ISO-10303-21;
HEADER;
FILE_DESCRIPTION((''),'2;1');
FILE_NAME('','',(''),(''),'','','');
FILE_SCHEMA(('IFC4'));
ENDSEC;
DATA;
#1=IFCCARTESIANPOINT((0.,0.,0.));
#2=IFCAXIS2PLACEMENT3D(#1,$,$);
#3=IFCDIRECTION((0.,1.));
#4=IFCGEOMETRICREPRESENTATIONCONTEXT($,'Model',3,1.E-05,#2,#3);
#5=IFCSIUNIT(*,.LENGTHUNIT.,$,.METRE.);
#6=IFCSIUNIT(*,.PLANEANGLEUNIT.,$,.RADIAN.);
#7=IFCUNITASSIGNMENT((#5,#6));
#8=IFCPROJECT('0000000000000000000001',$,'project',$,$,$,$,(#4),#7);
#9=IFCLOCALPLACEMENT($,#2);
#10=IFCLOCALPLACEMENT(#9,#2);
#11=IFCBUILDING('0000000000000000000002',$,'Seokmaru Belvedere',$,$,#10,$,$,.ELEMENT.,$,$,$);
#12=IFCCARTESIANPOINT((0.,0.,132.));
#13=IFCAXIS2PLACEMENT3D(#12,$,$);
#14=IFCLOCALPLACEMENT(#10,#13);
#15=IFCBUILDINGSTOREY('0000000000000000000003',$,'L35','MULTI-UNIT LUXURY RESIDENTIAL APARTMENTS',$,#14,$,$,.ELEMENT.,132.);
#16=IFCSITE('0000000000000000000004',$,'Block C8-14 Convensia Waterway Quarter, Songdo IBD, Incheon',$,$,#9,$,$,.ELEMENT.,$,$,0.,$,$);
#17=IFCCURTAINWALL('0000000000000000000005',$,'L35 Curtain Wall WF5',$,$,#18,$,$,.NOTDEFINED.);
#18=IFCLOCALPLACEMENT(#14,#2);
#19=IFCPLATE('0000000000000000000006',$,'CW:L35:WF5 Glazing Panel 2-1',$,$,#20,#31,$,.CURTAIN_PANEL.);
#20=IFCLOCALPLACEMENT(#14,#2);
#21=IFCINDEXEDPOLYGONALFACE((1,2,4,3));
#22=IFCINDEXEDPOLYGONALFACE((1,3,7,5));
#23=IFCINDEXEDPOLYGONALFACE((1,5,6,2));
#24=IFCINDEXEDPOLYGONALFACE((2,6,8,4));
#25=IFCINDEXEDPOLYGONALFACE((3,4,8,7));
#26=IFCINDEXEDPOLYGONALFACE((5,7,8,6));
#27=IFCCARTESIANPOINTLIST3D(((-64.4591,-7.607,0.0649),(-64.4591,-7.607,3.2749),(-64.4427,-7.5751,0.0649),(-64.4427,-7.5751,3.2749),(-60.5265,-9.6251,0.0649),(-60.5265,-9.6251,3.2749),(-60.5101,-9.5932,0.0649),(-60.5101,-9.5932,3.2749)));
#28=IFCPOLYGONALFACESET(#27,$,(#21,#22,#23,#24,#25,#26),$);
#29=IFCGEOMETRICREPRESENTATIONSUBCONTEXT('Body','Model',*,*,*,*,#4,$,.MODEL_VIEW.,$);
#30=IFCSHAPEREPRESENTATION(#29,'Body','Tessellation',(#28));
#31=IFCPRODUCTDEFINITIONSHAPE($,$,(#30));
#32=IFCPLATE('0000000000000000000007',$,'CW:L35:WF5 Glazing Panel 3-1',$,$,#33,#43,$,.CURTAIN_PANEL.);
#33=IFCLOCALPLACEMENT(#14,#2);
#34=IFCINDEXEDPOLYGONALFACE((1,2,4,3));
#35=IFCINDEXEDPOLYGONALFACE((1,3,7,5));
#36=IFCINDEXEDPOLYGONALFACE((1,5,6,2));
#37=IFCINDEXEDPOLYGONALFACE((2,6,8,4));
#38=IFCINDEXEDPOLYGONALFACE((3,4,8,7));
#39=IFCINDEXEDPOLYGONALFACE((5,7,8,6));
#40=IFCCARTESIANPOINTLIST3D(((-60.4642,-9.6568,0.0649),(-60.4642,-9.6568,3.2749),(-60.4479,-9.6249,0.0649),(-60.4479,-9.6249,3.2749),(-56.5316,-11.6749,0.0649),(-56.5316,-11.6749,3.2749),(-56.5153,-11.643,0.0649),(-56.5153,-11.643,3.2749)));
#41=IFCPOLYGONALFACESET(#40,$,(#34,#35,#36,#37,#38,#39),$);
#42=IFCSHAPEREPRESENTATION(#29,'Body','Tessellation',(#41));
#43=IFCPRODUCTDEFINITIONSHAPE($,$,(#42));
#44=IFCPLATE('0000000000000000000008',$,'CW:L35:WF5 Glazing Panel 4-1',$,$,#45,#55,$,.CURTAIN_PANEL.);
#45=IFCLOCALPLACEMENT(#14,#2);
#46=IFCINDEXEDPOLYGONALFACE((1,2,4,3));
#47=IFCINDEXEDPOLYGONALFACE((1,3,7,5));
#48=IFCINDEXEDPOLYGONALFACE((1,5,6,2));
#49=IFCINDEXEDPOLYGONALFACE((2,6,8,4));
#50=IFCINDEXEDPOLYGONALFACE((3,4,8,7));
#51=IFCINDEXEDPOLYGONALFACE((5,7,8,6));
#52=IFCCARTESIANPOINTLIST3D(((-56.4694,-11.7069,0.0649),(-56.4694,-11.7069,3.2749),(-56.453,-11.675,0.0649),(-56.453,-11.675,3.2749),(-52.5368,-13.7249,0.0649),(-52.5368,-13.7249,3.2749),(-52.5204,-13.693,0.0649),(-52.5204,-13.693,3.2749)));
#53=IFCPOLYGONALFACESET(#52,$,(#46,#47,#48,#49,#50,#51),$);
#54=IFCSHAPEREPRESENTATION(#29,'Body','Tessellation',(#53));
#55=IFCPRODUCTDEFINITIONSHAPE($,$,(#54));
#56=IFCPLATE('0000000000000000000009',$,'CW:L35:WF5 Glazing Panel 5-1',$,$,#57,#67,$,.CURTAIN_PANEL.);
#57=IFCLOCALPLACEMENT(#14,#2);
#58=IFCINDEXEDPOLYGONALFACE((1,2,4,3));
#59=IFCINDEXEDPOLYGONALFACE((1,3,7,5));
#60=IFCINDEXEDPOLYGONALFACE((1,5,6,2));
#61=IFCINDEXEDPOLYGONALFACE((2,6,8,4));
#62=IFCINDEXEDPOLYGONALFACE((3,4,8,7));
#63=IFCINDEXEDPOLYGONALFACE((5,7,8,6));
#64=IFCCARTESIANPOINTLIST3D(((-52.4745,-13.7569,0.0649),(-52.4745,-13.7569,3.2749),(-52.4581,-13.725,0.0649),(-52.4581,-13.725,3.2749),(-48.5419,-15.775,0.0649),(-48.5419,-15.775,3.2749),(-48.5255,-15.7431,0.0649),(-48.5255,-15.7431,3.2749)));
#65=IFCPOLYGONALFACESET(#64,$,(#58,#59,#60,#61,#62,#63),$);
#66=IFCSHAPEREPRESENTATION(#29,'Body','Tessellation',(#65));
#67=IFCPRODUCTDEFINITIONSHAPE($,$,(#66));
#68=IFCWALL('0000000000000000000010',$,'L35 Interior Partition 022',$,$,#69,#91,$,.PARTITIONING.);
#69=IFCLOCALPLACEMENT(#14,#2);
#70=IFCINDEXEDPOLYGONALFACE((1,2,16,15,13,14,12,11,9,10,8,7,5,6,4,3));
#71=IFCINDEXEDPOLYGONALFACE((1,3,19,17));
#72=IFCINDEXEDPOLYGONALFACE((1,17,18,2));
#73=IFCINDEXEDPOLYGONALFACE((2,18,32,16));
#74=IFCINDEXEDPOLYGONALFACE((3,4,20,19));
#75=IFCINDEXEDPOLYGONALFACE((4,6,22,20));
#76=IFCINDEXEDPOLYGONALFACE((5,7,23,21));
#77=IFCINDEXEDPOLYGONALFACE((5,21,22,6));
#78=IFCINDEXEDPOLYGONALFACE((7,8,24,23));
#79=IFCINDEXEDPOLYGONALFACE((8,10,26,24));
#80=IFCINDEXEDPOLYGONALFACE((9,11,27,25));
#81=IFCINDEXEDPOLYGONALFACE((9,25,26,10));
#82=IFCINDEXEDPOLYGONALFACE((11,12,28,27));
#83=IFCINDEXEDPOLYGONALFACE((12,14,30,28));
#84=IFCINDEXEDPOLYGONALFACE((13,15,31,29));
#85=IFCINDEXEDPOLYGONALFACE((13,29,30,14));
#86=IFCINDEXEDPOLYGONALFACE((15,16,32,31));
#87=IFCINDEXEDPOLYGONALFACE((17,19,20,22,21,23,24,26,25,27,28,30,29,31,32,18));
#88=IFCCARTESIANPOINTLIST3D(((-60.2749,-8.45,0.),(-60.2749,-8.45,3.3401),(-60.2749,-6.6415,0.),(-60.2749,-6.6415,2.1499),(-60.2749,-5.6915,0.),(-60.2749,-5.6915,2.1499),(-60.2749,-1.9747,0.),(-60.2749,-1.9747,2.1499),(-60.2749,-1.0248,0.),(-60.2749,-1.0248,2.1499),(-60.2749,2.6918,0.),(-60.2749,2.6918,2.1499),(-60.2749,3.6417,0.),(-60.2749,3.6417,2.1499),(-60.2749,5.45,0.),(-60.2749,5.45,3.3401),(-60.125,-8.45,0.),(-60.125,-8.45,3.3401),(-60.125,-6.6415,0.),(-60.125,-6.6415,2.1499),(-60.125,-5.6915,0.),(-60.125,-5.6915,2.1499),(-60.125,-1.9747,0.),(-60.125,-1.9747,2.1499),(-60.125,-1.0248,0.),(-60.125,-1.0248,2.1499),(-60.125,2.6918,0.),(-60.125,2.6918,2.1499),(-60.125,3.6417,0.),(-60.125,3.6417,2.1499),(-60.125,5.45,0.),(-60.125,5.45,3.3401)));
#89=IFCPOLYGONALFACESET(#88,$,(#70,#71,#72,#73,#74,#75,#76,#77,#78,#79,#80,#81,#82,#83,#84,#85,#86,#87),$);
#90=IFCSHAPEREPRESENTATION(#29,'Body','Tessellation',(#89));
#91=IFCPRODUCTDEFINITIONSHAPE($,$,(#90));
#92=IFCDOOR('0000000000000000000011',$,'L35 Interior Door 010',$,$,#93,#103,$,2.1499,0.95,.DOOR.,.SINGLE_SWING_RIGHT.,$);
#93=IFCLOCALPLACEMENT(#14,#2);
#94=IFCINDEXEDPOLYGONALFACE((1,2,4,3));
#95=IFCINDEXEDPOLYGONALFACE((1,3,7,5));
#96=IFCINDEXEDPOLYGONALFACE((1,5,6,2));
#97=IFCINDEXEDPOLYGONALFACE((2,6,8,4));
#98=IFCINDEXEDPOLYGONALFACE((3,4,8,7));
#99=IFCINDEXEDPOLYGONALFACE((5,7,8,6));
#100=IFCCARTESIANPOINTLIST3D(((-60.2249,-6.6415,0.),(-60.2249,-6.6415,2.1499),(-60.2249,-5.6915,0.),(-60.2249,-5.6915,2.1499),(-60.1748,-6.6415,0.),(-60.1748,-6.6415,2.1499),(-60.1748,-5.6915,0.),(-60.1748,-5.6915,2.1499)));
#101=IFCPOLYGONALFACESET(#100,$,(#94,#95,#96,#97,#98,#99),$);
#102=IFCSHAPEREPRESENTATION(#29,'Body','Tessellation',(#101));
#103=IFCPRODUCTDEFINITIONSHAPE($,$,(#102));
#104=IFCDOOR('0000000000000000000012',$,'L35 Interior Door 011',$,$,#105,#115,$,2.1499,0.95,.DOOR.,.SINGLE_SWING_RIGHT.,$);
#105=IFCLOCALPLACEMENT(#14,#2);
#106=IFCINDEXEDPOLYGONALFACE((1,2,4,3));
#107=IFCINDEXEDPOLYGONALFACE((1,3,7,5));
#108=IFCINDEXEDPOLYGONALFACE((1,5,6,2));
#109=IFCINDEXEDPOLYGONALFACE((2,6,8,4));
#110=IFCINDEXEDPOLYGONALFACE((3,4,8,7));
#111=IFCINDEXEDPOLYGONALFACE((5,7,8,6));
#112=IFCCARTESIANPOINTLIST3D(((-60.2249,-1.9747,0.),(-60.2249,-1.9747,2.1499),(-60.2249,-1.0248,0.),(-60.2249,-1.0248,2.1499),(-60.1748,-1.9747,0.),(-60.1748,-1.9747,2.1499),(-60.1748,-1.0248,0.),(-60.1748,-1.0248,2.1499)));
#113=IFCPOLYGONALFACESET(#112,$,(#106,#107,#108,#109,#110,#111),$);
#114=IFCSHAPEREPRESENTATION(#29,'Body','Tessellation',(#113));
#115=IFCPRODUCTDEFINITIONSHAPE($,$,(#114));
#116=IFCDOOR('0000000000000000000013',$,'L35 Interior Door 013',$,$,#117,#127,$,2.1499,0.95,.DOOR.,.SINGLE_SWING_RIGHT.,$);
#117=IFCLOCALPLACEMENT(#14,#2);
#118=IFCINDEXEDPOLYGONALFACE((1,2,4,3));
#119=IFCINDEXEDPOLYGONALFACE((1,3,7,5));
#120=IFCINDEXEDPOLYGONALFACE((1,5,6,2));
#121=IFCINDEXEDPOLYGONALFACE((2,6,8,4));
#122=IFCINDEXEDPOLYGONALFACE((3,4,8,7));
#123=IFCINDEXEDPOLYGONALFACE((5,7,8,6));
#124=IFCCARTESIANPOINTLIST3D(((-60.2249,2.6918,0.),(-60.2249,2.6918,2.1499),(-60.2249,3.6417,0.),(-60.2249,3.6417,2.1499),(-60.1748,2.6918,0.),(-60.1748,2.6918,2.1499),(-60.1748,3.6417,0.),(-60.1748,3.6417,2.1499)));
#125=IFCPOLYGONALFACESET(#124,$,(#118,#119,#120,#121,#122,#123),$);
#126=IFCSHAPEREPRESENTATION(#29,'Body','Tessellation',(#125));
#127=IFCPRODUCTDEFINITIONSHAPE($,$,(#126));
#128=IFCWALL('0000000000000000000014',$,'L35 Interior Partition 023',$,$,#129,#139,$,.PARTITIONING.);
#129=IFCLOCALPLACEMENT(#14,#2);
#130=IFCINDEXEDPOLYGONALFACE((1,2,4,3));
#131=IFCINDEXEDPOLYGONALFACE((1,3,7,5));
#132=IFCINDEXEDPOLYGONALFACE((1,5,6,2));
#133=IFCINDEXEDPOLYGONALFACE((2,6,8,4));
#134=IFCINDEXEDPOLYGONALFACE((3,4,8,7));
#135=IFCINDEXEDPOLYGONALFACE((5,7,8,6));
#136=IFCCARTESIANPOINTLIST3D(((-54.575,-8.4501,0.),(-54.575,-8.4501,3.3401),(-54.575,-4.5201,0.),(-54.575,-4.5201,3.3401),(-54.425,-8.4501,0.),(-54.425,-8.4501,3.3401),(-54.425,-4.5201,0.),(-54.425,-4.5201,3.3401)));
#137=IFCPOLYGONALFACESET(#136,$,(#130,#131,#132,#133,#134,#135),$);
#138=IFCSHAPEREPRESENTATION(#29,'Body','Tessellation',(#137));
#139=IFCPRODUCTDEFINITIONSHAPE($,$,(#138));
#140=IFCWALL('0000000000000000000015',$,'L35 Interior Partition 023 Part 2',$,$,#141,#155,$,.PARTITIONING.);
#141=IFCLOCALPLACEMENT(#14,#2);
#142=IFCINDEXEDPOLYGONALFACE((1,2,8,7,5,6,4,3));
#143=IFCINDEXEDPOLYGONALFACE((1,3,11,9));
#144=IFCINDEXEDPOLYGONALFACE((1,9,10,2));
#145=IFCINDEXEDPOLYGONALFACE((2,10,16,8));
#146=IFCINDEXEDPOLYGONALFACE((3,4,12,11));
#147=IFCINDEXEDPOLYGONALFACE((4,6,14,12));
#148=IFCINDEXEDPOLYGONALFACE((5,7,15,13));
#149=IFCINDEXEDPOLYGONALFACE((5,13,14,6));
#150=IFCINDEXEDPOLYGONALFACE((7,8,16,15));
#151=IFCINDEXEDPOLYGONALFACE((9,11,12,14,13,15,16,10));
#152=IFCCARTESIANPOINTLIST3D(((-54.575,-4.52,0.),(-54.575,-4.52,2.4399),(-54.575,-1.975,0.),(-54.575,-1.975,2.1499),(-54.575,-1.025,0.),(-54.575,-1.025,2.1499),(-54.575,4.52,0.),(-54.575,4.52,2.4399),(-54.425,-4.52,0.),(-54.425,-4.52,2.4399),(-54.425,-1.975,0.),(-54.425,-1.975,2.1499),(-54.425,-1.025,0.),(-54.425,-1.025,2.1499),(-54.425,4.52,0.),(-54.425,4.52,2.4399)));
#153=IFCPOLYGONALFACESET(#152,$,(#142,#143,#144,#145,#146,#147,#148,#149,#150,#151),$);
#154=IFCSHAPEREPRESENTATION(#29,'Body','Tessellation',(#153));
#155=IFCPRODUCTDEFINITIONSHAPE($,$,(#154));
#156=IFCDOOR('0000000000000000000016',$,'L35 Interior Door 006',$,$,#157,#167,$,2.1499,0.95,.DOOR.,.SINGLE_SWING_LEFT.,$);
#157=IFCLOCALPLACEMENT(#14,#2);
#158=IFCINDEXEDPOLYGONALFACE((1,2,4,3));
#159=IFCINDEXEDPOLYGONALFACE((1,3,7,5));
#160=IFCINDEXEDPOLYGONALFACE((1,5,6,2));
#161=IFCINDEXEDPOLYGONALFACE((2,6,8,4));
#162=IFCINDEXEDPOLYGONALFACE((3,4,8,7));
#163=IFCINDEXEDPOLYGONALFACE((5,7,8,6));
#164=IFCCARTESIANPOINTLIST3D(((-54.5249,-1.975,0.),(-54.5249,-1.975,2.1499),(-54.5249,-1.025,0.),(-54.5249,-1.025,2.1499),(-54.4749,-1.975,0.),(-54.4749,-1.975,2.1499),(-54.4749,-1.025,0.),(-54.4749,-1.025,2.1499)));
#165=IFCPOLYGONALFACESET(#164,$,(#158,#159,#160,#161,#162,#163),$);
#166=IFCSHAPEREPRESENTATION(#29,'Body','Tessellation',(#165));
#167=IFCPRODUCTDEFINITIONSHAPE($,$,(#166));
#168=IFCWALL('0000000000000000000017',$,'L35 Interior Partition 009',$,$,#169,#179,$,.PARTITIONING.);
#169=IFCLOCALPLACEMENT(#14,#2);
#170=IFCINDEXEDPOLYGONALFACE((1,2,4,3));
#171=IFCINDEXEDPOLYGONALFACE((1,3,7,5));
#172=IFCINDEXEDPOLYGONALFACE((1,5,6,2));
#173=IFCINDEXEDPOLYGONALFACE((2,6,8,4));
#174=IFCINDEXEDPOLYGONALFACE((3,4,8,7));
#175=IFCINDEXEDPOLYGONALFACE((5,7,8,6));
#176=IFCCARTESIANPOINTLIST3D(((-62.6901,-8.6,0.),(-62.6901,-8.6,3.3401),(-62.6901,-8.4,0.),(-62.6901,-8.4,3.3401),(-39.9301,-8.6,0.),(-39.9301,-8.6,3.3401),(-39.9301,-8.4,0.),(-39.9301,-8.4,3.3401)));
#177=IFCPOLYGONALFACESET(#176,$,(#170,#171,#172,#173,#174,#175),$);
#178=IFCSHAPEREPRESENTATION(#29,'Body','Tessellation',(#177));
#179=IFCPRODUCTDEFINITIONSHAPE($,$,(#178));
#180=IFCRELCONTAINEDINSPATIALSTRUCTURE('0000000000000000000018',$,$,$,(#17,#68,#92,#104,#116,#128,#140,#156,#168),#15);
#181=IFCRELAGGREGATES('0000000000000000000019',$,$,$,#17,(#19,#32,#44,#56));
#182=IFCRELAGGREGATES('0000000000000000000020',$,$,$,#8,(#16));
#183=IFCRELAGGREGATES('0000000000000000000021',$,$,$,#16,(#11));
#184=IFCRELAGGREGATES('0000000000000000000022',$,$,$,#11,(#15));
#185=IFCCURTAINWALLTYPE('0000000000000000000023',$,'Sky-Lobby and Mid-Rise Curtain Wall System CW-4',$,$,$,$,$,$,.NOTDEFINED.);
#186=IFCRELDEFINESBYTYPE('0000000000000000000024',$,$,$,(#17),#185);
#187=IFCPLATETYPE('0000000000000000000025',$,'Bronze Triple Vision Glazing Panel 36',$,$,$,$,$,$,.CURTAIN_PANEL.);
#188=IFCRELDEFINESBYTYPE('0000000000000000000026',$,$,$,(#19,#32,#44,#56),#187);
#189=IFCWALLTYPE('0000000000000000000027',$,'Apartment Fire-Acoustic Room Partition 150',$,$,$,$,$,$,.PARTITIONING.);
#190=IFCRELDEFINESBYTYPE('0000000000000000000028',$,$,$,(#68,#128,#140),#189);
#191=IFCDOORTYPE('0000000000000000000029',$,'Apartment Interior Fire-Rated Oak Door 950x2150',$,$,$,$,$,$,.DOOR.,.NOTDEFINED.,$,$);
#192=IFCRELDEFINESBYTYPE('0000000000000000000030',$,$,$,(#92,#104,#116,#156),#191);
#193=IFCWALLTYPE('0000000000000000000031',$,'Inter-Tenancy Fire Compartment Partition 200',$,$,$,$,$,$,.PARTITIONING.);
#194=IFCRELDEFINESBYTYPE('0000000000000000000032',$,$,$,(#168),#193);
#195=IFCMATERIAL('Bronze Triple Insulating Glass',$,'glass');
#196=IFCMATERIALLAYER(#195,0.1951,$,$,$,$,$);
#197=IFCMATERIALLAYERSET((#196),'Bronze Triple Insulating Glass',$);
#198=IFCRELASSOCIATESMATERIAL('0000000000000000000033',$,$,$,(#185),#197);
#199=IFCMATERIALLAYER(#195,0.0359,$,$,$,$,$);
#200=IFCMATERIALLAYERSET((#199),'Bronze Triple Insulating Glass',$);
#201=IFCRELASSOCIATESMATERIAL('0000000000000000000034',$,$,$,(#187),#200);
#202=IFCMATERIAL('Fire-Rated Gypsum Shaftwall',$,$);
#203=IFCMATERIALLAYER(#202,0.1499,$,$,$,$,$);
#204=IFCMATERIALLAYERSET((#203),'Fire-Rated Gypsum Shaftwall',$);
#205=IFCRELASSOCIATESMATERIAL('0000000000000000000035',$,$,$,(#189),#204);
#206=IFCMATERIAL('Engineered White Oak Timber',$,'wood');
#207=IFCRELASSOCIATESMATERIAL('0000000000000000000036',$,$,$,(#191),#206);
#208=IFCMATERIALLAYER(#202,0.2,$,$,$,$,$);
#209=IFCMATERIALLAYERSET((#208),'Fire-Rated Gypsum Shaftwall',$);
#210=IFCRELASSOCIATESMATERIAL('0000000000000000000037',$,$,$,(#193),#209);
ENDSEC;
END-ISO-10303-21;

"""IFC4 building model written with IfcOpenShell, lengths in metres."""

from ifc_helpers import new_model, si_unit, direction, frame, frame_2d, origin, origin_2d, place, context, subcontext, project, spatial, rectangle, extrude, source, transform, mapped, material, layer, layer_set, type_object, type_shapes, element, fill, aggregate, save


model = new_model("IFC4")

# Units and contexts
model_context = context("Model", 3, precision=1e-05, world=origin(), true_north=direction((0.0, 1.0)))
body_context = subcontext(model_context, "Body", "Model", "MODEL_VIEW")
ifc_project = project(units=[si_unit("LENGTHUNIT", "METRE"), si_unit("PLANEANGLEUNIT", "RADIAN")], contexts=[model_context])

# Site, building, storey
site_placement = place(None, origin())
site = spatial("IfcSite", under=ifc_project, at=site_placement, Name="Block C8-14 Convensia Waterway Quarter, Songdo IBD, Incheon", CompositionType="ELEMENT", RefElevation=0.0)
building_placement = place(site_placement, origin())
building = spatial("IfcBuilding", under=site, at=building_placement, Name="Seokmaru Belvedere", CompositionType="ELEMENT")
storey_placement = place(building_placement, frame((0.0, 0.0, 132.0)))
storey = spatial("IfcBuildingStorey", under=building, at=storey_placement, Name="L35", Description="MULTI-UNIT LUXURY RESIDENTIAL APARTMENTS", CompositionType="ELEMENT", Elevation=132.0)

# Curtain wall, plates
ifc_material_1 = material(Name="Bronze Triple Insulating Glass", Category="glass")
ifc_layer_1 = layer(ifc_material_1, 0.1951)
ifc_layer_set_1 = layer_set([ifc_layer_1], Name="Bronze Triple Insulating Glass")
curtain_wall_type = type_object("IfcCurtainWallType", Name="Sky-Lobby and Mid-Rise Curtain Wall System CW-4", PredefinedType="NOTDEFINED", material=ifc_layer_set_1)
curtain_wall_placement = place(storey_placement, origin())
curtain_wall = element("IfcCurtainWall", 1, at=curtain_wall_placement, inside=storey, type_object=curtain_wall_type, Name="L35 Curtain Wall WF5", PredefinedType="NOTDEFINED")
ifc_layer_2 = layer(ifc_material_1, 0.0359)
ifc_layer_set_2 = layer_set([ifc_layer_2], Name="Bronze Triple Insulating Glass")
plate_type = type_object("IfcPlateType", Name="Bronze Triple Vision Glazing Panel 36", PredefinedType="CURTAIN_PANEL", material=ifc_layer_set_2)
shared_shape_1 = source(origin(), body_context, "Body", "SweptSolid", [
    extrude(rectangle(XDim=4.4202, YDim=0.0359, at=origin_2d()), origin(), (0.0, 0.0, 1.0), 3.21),
])
plate_1_placement = place(storey_placement, frame((-62.4846, -8.6001, 0.0649), z_axis=(0.0, 0.0, 1.0), x_axis=(0.889695, -0.456555, 0.0)))
plate_1 = element("IfcPlate", 2, at=plate_1_placement, type_object=plate_type, Name="CW:L35:WF5 Glazing Panel 2-1", PredefinedType="CURTAIN_PANEL", context=body_context, shape_type="MappedRepresentation", body=[
    mapped(shared_shape_1, transform((0.0, 0.0, 0.0), scale=1.0)),
])
plate_2_placement = place(storey_placement, frame((-58.4897, -10.6499, 0.0649), z_axis=(0.0, 0.0, 1.0), x_axis=(0.889695, -0.456555, 0.0)))
plate_2 = element("IfcPlate", 3, at=plate_2_placement, type_object=plate_type, Name="CW:L35:WF5 Glazing Panel 3-1", PredefinedType="CURTAIN_PANEL", context=body_context, shape_type="MappedRepresentation", body=[
    mapped(shared_shape_1, transform((0.0, 0.0, 0.0), scale=1.0)),
])
plate_3_placement = place(storey_placement, frame((-54.4949, -12.7, 0.0649), z_axis=(0.0, 0.0, 1.0), x_axis=(0.889695, -0.456555, 0.0)))
plate_3 = element("IfcPlate", 4, at=plate_3_placement, type_object=plate_type, Name="CW:L35:WF5 Glazing Panel 4-1", PredefinedType="CURTAIN_PANEL", context=body_context, shape_type="MappedRepresentation", body=[
    mapped(shared_shape_1, transform((0.0, 0.0, 0.0), scale=1.0)),
])
plate_4_placement = place(storey_placement, frame((-50.5, -14.75, 0.0649), z_axis=(0.0, 0.0, 1.0), x_axis=(0.889695, -0.456555, 0.0)))
plate_4 = element("IfcPlate", 5, at=plate_4_placement, type_object=plate_type, Name="CW:L35:WF5 Glazing Panel 5-1", PredefinedType="CURTAIN_PANEL", context=body_context, shape_type="MappedRepresentation", body=[
    mapped(shared_shape_1, transform((0.0, 0.0, 0.0), scale=1.0)),
])
aggregate(curtain_wall, [plate_1, plate_2, plate_3, plate_4])

# Wall, openings, doors
ifc_material_2 = material(Name="Fire-Rated Gypsum Shaftwall")
ifc_layer_3 = layer(ifc_material_2, 0.1499)
ifc_layer_set_3 = layer_set([ifc_layer_3], Name="Fire-Rated Gypsum Shaftwall")
wall_type_1 = type_object("IfcWallType", Name="Apartment Fire-Acoustic Room Partition 150", PredefinedType="PARTITIONING", material=ifc_layer_set_3)
wall_1_placement = place(storey_placement, frame((-60.2, -8.45, 0.0), z_axis=(0.0, 0.0, 1.0), x_axis=(0.0, 1.0, 0.0)))
wall_1 = element("IfcWall", 6, at=wall_1_placement, inside=storey, type_object=wall_type_1, Name="L35 Interior Partition 022", PredefinedType="PARTITIONING", context=body_context, shape_type="SweptSolid", body=[
    extrude(rectangle(XDim=13.8999, YDim=0.1499, at=frame_2d((6.95, 0.0))), origin(), (0.0, 0.0, 1.0), 3.3401),
])
opening_1_placement = place(wall_1_placement, frame((1.8083, 0.0, 0.0)))
opening_1 = element("IfcOpeningElement", 7, at=opening_1_placement, cuts=wall_1, PredefinedType="OPENING", context=body_context, shape_type="SweptSolid", body=[
    extrude(rectangle(XDim=0.95, YDim=2.1499, at=frame_2d((0.4751, 1.075))), frame((0.0, 0.085, 0.0), z_axis=(0.0, -1.0, 0.0), x_axis=(1.0, 0.0, 0.0)), (0.0, 0.0, 1.0), 0.1699),
])
opening_2_placement = place(wall_1_placement, frame((6.4751, 0.0, 0.0)))
opening_2 = element("IfcOpeningElement", 8, at=opening_2_placement, cuts=wall_1, PredefinedType="OPENING", context=body_context, shape_type="SweptSolid", body=[
    extrude(rectangle(XDim=0.95, YDim=2.1499, at=frame_2d((0.4751, 1.075))), frame((0.0, 0.085, 0.0), z_axis=(0.0, -1.0, 0.0), x_axis=(1.0, 0.0, 0.0)), (0.0, 0.0, 1.0), 0.1699),
])
opening_3_placement = place(wall_1_placement, frame((11.1416, 0.0, 0.0)))
opening_3 = element("IfcOpeningElement", 9, at=opening_3_placement, cuts=wall_1, PredefinedType="OPENING", context=body_context, shape_type="SweptSolid", body=[
    extrude(rectangle(XDim=0.95, YDim=2.1499, at=frame_2d((0.4751, 1.075))), frame((0.0, 0.085, 0.0), z_axis=(0.0, -1.0, 0.0), x_axis=(1.0, 0.0, 0.0)), (0.0, 0.0, 1.0), 0.1699),
])
ifc_material_3 = material(Name="Engineered White Oak Timber", Category="wood")
door_type = type_object("IfcDoorType", Name="Apartment Interior Fire-Rated Oak Door 950x2150", OperationType="NOTDEFINED", PredefinedType="DOOR", material=ifc_material_3)
shared_shape_2 = source(origin(), body_context, "Body", "SweptSolid", [
    extrude(rectangle(XDim=0.95, YDim=2.1499, at=frame_2d((0.4751, 1.075))), frame((0.0, 0.0249, 0.0), z_axis=(0.0, -1.0, 0.0), x_axis=(1.0, 0.0, 0.0)), (0.0, 0.0, 1.0), 0.05),
])
type_shapes(door_type, [shared_shape_2])
door_1_placement = place(opening_1_placement, origin())
door_1 = element("IfcDoor", 10, at=door_1_placement, inside=storey, type_object=door_type, Name="L35 Interior Door 010", OperationType="SINGLE_SWING_RIGHT", OverallHeight=2.1499, OverallWidth=0.95, PredefinedType="DOOR", context=body_context, shape_type="MappedRepresentation", body=[
    mapped(shared_shape_2, transform((0.0, 0.0, 0.0), scale=1.0)),
])
fill(opening_1, door_1)
door_2_placement = place(opening_2_placement, origin())
door_2 = element("IfcDoor", 11, at=door_2_placement, inside=storey, type_object=door_type, Name="L35 Interior Door 011", OperationType="SINGLE_SWING_RIGHT", OverallHeight=2.1499, OverallWidth=0.95, PredefinedType="DOOR", context=body_context, shape_type="MappedRepresentation", body=[
    mapped(shared_shape_2, transform((0.0, 0.0, 0.0), scale=1.0)),
])
fill(opening_2, door_2)
door_3_placement = place(opening_3_placement, origin())
door_3 = element("IfcDoor", 12, at=door_3_placement, inside=storey, type_object=door_type, Name="L35 Interior Door 013", OperationType="SINGLE_SWING_RIGHT", OverallHeight=2.1499, OverallWidth=0.95, PredefinedType="DOOR", context=body_context, shape_type="MappedRepresentation", body=[
    mapped(shared_shape_2, transform((0.0, 0.0, 0.0), scale=1.0)),
])
fill(opening_3, door_3)

# Wall
wall_2_placement = place(storey_placement, frame((-54.5, -8.45, 0.0), z_axis=(0.0, 0.0, 1.0), x_axis=(0.0, 1.0, 0.0)))
element("IfcWall", 13, at=wall_2_placement, inside=storey, type_object=wall_type_1, Name="L35 Interior Partition 023", PredefinedType="PARTITIONING", context=body_context, shape_type="SweptSolid", body=[
    extrude(rectangle(XDim=3.9299, YDim=0.1499, at=frame_2d((1.9648, 0.0))), origin(), (0.0, 0.0, 1.0), 3.3401),
])

# Wall, opening, door
wall_3_placement = place(storey_placement, frame((-54.5, -4.52, 0.0), z_axis=(0.0, 0.0, 1.0), x_axis=(0.0, 1.0, 0.0)))
wall_3 = element("IfcWall", 14, at=wall_3_placement, inside=storey, type_object=wall_type_1, Name="L35 Interior Partition 023 Part 2", PredefinedType="PARTITIONING", context=body_context, shape_type="SweptSolid", body=[
    extrude(rectangle(XDim=9.04, YDim=0.1499, at=frame_2d((4.52, 0.0))), origin(), (0.0, 0.0, 1.0), 2.4399),
])
opening_4_placement = place(wall_3_placement, frame((2.5449, 0.0, 0.0)))
opening_4 = element("IfcOpeningElement", 15, at=opening_4_placement, cuts=wall_3, PredefinedType="OPENING", context=body_context, shape_type="SweptSolid", body=[
    extrude(rectangle(XDim=0.95, YDim=2.1499, at=frame_2d((0.4751, 1.075))), frame((0.0, 0.085, 0.0), z_axis=(0.0, -1.0, 0.0), x_axis=(1.0, 0.0, 0.0)), (0.0, 0.0, 1.0), 0.1699),
])
door_4_placement = place(opening_4_placement, origin())
door_4 = element("IfcDoor", 16, at=door_4_placement, inside=storey, type_object=door_type, Name="L35 Interior Door 006", OperationType="SINGLE_SWING_LEFT", OverallHeight=2.1499, OverallWidth=0.95, PredefinedType="DOOR", context=body_context, shape_type="MappedRepresentation", body=[
    mapped(shared_shape_2, transform((0.0, 0.0, 0.0), scale=1.0)),
])
fill(opening_4, door_4)

# Wall
ifc_layer_4 = layer(ifc_material_2, 0.2)
ifc_layer_set_4 = layer_set([ifc_layer_4], Name="Fire-Rated Gypsum Shaftwall")
wall_type_2 = type_object("IfcWallType", Name="Inter-Tenancy Fire Compartment Partition 200", PredefinedType="PARTITIONING", material=ifc_layer_set_4)
wall_4_placement = place(storey_placement, frame((-62.6899, -8.5, 0.0), z_axis=(0.0, 0.0, 1.0), x_axis=(1.0, 0.0, 0.0)))
element("IfcWall", 17, at=wall_4_placement, inside=storey, type_object=wall_type_2, Name="L35 Interior Partition 009", PredefinedType="PARTITIONING", context=body_context, shape_type="SweptSolid", body=[
    extrude(rectangle(XDim=22.76, YDim=0.2, at=frame_2d((11.3799, 0.0))), origin(), (0.0, 0.0, 1.0), 3.3401),
])

save(model, "model.ifc")
